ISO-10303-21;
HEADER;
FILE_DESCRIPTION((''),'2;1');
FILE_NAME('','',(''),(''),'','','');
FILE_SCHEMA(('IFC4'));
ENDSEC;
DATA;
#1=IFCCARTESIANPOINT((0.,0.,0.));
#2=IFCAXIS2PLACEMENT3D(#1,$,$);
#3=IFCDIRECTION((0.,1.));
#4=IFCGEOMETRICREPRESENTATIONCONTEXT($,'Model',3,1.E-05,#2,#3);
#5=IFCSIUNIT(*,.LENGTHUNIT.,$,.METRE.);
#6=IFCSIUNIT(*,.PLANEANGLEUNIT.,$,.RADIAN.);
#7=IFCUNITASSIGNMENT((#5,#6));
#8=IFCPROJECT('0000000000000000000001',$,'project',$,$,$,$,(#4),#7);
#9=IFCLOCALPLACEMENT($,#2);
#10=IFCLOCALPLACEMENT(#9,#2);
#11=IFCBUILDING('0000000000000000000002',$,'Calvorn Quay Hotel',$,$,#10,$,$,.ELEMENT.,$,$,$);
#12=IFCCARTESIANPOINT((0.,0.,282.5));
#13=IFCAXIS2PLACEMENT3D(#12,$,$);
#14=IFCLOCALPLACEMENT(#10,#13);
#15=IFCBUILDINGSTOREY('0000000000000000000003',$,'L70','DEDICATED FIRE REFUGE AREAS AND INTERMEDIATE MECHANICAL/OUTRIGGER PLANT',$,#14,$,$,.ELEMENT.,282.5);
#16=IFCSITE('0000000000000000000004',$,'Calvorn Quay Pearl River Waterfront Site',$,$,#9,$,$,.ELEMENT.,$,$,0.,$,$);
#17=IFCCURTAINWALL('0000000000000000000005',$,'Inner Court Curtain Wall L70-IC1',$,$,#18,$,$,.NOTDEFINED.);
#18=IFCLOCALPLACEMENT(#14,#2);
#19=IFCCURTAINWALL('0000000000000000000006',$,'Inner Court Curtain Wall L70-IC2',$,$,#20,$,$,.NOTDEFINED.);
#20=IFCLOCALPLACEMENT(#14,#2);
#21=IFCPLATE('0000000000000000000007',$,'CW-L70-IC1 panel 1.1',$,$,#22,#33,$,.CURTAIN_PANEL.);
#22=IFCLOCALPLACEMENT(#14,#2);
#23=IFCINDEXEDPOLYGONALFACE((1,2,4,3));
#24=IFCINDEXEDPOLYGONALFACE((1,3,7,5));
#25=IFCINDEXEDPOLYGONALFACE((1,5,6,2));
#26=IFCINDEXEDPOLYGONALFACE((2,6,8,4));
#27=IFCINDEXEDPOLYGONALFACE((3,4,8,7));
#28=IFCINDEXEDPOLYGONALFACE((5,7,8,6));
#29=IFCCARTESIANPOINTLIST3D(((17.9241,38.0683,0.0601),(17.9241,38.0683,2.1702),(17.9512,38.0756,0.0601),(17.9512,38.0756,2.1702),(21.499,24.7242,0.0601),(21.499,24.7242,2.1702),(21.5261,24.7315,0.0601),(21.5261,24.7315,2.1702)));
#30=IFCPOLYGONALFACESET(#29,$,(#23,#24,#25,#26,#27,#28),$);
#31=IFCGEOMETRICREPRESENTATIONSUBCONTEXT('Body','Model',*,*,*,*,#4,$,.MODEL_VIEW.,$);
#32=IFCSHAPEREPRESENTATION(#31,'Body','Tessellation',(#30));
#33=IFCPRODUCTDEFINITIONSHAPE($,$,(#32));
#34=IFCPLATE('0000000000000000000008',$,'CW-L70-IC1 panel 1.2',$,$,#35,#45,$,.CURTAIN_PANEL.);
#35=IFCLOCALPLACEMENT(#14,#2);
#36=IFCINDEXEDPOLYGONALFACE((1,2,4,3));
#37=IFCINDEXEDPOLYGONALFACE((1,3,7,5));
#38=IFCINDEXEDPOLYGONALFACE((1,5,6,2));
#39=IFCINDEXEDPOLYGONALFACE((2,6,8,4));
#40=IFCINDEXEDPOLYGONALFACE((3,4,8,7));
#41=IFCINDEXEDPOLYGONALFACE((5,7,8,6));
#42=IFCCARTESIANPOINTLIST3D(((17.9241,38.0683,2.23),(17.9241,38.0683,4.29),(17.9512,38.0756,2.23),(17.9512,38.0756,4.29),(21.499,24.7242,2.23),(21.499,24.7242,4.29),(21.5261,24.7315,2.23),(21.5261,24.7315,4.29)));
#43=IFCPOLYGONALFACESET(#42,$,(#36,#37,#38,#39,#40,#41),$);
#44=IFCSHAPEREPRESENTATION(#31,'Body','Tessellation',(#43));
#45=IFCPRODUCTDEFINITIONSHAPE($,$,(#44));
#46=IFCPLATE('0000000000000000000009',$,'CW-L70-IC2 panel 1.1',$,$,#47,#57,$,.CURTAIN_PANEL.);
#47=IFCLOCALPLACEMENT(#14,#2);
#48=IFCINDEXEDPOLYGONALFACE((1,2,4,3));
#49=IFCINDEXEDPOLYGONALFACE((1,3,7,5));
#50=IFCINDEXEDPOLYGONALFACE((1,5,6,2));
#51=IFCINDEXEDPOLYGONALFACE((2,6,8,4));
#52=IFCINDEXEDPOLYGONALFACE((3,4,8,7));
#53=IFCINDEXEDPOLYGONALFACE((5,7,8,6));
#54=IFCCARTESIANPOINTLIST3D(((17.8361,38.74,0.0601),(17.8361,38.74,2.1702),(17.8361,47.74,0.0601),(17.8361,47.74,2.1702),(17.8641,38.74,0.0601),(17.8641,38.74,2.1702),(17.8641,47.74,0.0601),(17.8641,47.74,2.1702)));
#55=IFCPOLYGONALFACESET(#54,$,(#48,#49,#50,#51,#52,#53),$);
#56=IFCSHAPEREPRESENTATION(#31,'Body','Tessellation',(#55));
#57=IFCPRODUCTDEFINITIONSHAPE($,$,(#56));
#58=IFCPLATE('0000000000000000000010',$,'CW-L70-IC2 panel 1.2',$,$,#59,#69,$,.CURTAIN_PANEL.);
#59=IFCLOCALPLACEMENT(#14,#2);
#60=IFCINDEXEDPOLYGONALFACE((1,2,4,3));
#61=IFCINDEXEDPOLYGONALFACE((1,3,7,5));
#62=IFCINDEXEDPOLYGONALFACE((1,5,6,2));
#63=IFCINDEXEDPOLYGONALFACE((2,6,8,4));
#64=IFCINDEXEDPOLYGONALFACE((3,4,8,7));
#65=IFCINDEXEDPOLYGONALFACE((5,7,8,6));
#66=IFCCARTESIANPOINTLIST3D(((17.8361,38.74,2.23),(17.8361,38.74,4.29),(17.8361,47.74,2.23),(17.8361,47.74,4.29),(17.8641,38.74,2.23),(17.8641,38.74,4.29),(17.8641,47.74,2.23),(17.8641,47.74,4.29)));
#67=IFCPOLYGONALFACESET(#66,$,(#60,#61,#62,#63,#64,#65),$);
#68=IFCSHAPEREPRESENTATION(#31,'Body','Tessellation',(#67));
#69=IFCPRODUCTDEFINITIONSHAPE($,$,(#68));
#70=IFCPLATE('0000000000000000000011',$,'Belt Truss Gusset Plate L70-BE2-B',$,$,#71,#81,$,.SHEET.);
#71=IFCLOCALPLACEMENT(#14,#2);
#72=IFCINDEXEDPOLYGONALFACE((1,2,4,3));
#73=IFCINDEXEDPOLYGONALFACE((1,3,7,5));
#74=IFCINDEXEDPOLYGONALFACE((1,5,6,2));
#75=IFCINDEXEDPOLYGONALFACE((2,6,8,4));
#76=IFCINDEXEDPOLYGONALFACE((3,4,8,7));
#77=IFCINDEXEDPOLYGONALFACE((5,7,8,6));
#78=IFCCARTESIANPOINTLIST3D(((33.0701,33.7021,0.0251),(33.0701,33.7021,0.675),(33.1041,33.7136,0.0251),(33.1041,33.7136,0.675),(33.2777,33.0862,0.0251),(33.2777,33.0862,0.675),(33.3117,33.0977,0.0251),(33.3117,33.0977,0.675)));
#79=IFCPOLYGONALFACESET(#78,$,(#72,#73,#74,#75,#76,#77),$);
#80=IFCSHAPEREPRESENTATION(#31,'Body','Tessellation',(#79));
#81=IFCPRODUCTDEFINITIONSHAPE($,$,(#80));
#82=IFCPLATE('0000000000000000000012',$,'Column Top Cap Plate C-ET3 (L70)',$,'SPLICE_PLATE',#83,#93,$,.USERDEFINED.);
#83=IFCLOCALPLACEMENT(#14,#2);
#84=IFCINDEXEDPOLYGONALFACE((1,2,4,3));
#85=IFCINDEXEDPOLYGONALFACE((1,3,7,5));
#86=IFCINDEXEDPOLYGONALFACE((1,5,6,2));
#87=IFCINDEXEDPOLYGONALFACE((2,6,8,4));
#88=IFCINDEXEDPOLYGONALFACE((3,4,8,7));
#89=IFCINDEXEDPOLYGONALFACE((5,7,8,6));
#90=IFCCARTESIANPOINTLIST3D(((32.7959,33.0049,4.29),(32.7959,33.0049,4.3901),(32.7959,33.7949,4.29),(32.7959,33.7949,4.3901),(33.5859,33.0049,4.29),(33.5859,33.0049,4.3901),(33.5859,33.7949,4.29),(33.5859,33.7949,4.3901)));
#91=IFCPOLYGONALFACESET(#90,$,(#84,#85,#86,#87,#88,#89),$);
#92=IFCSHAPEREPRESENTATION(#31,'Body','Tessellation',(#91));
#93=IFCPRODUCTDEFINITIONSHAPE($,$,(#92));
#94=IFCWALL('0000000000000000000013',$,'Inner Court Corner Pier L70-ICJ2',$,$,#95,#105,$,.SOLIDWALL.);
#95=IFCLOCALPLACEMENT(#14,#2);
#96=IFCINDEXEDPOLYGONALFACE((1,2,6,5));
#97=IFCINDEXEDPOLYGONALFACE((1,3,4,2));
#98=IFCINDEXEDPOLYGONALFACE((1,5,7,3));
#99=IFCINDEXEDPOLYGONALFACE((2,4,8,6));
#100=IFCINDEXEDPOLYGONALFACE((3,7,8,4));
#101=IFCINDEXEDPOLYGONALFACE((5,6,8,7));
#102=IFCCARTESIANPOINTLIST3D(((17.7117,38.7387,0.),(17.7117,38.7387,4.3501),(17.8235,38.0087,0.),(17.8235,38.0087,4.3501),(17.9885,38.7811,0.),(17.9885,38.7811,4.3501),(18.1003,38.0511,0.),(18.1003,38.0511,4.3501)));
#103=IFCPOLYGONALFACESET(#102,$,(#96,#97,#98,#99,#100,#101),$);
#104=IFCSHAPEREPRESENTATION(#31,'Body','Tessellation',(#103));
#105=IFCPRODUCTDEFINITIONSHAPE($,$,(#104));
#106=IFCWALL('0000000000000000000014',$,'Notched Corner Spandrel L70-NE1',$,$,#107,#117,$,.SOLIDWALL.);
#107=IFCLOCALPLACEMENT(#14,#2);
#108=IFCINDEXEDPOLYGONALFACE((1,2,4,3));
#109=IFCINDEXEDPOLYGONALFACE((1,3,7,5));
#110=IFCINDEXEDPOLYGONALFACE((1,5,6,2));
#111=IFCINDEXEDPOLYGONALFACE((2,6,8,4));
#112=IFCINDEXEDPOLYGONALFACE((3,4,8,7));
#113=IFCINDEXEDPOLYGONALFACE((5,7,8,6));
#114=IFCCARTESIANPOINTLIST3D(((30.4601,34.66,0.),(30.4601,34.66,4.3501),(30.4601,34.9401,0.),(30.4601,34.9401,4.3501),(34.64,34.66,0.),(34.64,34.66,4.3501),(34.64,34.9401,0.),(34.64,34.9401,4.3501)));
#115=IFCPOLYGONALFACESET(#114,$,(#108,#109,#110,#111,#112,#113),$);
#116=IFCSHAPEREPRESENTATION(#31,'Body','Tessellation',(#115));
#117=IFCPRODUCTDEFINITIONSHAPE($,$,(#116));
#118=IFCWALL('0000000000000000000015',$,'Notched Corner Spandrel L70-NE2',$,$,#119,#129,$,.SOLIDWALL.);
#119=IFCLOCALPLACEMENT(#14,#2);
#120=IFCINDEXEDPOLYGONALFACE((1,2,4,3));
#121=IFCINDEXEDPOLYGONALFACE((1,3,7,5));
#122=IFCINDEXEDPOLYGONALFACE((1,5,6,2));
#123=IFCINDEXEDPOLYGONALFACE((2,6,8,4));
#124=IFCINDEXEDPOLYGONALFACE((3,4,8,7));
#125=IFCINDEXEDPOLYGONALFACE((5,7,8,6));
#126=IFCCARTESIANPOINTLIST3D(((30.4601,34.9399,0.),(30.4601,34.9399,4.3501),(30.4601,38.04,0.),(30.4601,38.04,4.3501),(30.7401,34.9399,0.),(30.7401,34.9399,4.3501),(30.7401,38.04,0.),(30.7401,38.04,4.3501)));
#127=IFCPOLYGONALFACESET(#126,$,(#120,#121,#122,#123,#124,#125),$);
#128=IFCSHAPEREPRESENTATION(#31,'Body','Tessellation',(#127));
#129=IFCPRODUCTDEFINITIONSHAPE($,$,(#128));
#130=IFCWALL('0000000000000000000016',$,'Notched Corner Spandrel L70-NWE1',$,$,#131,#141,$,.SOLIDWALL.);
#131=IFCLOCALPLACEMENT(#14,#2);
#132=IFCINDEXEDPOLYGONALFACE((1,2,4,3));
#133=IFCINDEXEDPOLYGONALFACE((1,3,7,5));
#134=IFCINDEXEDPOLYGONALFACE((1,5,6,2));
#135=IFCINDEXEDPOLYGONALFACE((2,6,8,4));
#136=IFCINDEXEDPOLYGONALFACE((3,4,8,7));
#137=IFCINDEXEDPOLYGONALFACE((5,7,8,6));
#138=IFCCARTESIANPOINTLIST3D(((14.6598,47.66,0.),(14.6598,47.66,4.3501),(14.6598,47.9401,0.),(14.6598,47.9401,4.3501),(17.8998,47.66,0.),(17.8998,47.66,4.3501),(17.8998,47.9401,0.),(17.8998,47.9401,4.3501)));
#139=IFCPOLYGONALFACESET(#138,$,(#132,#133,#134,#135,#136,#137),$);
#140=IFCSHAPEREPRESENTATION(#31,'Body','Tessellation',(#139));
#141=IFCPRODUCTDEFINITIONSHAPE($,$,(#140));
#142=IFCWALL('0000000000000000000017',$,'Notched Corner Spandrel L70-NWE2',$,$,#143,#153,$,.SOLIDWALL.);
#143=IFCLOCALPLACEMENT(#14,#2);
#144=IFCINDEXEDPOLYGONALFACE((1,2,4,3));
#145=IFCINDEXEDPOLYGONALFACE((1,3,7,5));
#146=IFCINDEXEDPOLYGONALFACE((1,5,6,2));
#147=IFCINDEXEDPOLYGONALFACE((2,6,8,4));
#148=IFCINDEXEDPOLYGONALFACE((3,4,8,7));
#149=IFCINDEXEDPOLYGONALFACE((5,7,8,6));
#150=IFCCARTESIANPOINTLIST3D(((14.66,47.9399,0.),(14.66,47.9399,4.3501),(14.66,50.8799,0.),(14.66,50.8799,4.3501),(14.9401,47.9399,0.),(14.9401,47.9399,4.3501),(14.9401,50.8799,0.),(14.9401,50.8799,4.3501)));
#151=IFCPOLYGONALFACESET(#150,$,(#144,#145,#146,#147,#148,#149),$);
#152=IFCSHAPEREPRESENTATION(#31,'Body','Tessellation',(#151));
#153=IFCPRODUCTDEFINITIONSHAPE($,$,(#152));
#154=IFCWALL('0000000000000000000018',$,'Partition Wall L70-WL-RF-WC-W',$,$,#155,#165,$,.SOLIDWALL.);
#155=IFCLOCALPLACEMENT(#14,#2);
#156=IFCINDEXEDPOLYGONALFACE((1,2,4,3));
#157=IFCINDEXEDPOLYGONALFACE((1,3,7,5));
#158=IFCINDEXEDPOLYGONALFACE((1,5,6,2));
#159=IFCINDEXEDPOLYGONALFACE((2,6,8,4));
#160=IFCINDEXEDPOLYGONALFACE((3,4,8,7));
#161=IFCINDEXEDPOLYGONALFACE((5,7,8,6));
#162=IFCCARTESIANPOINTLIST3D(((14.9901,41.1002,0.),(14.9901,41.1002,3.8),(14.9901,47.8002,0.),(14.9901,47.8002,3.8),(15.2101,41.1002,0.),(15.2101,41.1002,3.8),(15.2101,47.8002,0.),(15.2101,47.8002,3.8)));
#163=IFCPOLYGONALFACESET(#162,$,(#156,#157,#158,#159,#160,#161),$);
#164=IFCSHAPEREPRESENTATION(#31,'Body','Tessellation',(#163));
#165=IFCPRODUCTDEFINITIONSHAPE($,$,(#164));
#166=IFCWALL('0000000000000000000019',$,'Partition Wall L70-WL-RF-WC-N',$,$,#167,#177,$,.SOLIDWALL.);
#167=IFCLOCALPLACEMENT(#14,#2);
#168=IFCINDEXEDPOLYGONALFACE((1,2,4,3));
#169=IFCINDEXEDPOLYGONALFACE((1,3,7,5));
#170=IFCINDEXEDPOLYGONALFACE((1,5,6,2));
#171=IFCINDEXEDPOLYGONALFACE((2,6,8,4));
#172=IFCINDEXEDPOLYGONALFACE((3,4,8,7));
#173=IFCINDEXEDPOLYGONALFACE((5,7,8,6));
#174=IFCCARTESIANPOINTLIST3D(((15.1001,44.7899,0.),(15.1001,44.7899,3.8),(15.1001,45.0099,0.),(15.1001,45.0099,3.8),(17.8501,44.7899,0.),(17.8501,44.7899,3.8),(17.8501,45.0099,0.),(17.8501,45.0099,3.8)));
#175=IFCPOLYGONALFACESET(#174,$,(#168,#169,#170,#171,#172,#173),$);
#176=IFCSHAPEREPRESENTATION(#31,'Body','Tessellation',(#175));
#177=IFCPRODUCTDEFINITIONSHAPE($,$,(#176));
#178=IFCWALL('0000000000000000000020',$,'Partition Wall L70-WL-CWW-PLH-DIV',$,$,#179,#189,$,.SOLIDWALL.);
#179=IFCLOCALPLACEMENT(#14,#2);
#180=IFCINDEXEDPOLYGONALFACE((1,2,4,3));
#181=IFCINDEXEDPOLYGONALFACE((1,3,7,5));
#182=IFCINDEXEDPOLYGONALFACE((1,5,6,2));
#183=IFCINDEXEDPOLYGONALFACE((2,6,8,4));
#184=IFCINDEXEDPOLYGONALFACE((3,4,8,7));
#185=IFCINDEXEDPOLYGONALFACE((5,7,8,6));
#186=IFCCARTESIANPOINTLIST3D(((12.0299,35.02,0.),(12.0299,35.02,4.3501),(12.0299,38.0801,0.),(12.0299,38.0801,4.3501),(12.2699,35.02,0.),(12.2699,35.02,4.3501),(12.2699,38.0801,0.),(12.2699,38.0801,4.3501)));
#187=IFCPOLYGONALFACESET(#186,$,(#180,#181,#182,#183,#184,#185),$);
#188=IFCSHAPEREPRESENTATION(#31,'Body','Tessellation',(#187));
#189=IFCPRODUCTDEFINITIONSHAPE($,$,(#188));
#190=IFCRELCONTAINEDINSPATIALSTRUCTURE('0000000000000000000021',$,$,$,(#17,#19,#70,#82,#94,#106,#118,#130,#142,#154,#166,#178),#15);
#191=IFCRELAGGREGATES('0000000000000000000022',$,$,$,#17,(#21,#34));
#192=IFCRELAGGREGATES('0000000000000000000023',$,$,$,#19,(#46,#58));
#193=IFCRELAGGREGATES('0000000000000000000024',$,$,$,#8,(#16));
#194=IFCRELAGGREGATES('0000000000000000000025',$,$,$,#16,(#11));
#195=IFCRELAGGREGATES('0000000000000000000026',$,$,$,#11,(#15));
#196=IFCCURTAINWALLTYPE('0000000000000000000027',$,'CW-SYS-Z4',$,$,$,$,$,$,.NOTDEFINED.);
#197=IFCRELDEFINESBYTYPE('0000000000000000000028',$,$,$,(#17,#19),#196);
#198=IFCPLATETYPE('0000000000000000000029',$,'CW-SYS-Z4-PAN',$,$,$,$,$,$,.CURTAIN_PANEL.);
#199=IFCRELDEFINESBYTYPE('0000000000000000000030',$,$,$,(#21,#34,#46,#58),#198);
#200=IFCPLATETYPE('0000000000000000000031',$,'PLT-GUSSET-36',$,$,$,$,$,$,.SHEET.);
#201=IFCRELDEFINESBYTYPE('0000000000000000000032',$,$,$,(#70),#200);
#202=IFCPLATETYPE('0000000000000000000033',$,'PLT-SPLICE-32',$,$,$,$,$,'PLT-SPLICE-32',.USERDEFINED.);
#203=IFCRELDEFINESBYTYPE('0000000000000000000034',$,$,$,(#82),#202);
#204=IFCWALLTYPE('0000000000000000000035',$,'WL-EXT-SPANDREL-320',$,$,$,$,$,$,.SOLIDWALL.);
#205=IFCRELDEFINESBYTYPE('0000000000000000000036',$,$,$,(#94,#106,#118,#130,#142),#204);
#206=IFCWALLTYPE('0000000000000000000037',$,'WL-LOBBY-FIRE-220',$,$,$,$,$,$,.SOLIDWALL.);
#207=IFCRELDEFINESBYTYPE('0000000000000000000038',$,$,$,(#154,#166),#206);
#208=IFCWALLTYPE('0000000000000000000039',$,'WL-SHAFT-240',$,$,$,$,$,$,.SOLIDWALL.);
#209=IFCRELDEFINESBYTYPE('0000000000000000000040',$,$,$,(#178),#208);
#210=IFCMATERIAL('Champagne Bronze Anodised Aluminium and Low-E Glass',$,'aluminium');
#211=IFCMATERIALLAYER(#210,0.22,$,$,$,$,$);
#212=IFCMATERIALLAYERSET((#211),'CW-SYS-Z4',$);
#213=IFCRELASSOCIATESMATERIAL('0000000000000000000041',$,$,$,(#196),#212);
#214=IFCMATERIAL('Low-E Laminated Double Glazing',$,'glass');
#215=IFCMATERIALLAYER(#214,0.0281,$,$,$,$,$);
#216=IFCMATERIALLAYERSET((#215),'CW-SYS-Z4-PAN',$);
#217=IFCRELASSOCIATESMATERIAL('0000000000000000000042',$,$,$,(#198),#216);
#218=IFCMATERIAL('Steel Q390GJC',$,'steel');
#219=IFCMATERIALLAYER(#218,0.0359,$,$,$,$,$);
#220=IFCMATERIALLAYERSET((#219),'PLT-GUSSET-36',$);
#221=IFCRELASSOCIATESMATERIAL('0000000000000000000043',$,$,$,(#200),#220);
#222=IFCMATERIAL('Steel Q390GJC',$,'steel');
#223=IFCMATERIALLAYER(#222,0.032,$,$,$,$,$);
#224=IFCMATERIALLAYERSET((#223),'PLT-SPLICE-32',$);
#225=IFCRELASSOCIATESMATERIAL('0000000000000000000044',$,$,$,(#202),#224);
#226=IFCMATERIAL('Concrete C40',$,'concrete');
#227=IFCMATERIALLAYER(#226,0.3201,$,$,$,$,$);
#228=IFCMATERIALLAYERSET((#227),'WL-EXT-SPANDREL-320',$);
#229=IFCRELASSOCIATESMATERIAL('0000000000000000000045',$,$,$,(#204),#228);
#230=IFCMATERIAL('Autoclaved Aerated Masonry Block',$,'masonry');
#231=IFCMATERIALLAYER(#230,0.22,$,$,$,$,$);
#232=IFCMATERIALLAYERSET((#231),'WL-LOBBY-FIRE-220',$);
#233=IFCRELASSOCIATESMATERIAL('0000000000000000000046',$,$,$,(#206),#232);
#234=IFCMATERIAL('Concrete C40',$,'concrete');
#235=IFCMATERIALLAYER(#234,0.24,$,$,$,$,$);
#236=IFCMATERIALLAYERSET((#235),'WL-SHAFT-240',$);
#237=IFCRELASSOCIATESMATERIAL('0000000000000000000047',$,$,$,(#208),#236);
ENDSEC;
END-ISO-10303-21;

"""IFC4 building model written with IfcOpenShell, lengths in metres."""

from ifc_helpers import new_model, si_unit, direction, frame, frame_2d, origin, origin_2d, place, context, subcontext, project, spatial, rectangle, extrude, material, layer, layer_set, type_object, element, aggregate, save


model = new_model("IFC4")

# Units and contexts
model_context = context("Model", 3, precision=1e-05, world=origin(), true_north=direction((0.0, 1.0)))
body_context = subcontext(model_context, "Body", "Model", "MODEL_VIEW")
ifc_project = project(units=[si_unit("LENGTHUNIT", "METRE"), si_unit("PLANEANGLEUNIT", "RADIAN")], contexts=[model_context])

# Site, building, storey
site_placement = place(None, origin())
site = spatial("IfcSite", under=ifc_project, at=site_placement, Name="Calvorn Quay Pearl River Waterfront Site", CompositionType="ELEMENT", RefElevation=0.0)
building_placement = place(site_placement, origin())
building = spatial("IfcBuilding", under=site, at=building_placement, Name="Calvorn Quay Hotel", CompositionType="ELEMENT")
storey_placement = place(building_placement, frame((0.0, 0.0, 282.5)))
storey = spatial("IfcBuildingStorey", under=building, at=storey_placement, Name="L70", Description="DEDICATED FIRE REFUGE AREAS AND INTERMEDIATE MECHANICAL/OUTRIGGER PLANT", CompositionType="ELEMENT", Elevation=282.5)

# Curtain wall
ifc_material_1 = material(Name="Champagne Bronze Anodised Aluminium and Low-E Glass", Category="aluminium")
ifc_layer_1 = layer(ifc_material_1, 0.22)
ifc_layer_set_1 = layer_set([ifc_layer_1], Name="CW-SYS-Z4")
curtain_wall_type = type_object("IfcCurtainWallType", Name="CW-SYS-Z4", PredefinedType="NOTDEFINED", material=ifc_layer_set_1)
curtain_wall_1_placement = place(storey_placement, origin())
curtain_wall_1 = element("IfcCurtainWall", 1, at=curtain_wall_1_placement, inside=storey, type_object=curtain_wall_type, Name="Inner Court Curtain Wall L70-IC1", PredefinedType="NOTDEFINED")

# Curtain wall
curtain_wall_2_placement = place(storey_placement, origin())
curtain_wall_2 = element("IfcCurtainWall", 2, at=curtain_wall_2_placement, inside=storey, type_object=curtain_wall_type, Name="Inner Court Curtain Wall L70-IC2", PredefinedType="NOTDEFINED")

# Plates
ifc_material_2 = material(Name="Low-E Laminated Double Glazing", Category="glass")
ifc_layer_2 = layer(ifc_material_2, 0.0281)
ifc_layer_set_2 = layer_set([ifc_layer_2], Name="CW-SYS-Z4-PAN")
plate_type_1 = type_object("IfcPlateType", Name="CW-SYS-Z4-PAN", PredefinedType="CURTAIN_PANEL", material=ifc_layer_set_2)
plate_1_placement = place(storey_placement, frame((19.7251, 31.3999, 0.0601), z_axis=(0.0, 0.0, 1.0), x_axis=(-0.258779, 0.965937, 0.0)))
plate_1 = element("IfcPlate", 3, at=plate_1_placement, type_object=plate_type_1, Name="CW-L70-IC1 panel 1.1", PredefinedType="CURTAIN_PANEL", context=body_context, shape_type="SweptSolid", body=[
    extrude(rectangle(XDim=13.8147, YDim=0.0281, at=origin_2d()), origin(), (0.0, 0.0, 1.0), 2.1101),
])
plate_2_placement = place(storey_placement, frame((19.7251, 31.3999, 2.23), z_axis=(0.0, 0.0, 1.0), x_axis=(-0.258779, 0.965937, 0.0)))
plate_2 = element("IfcPlate", 4, at=plate_2_placement, type_object=plate_type_1, Name="CW-L70-IC1 panel 1.2", PredefinedType="CURTAIN_PANEL", context=body_context, shape_type="SweptSolid", body=[
    extrude(rectangle(XDim=13.8147, YDim=0.0281, at=origin_2d()), origin(), (0.0, 0.0, 1.0), 2.0601),
])
aggregate(curtain_wall_1, [plate_1, plate_2])
plate_3_placement = place(storey_placement, frame((17.8501, 43.24, 0.0601), z_axis=(0.0, 0.0, 1.0), x_axis=(0.0, 1.0, 0.0)))
plate_3 = element("IfcPlate", 5, at=plate_3_placement, type_object=plate_type_1, Name="CW-L70-IC2 panel 1.1", PredefinedType="CURTAIN_PANEL", context=body_context, shape_type="SweptSolid", body=[
    extrude(rectangle(XDim=9.0, YDim=0.0281, at=origin_2d()), origin(), (0.0, 0.0, 1.0), 2.1101),
])
plate_4_placement = place(storey_placement, frame((17.8501, 43.24, 2.23), z_axis=(0.0, 0.0, 1.0), x_axis=(0.0, 1.0, 0.0)))
plate_4 = element("IfcPlate", 6, at=plate_4_placement, type_object=plate_type_1, Name="CW-L70-IC2 panel 1.2", PredefinedType="CURTAIN_PANEL", context=body_context, shape_type="SweptSolid", body=[
    extrude(rectangle(XDim=9.0, YDim=0.0281, at=origin_2d()), origin(), (0.0, 0.0, 1.0), 2.0601),
])
aggregate(curtain_wall_2, [plate_3, plate_4])

# Plates
ifc_material_3 = material(Name="Steel Q390GJC", Category="steel")
ifc_layer_3 = layer(ifc_material_3, 0.0359)
ifc_layer_set_3 = layer_set([ifc_layer_3], Name="PLT-GUSSET-36")
plate_type_2 = type_object("IfcPlateType", Name="PLT-GUSSET-36", PredefinedType="SHEET", material=ifc_layer_set_3)
plate_5_placement = place(storey_placement, frame((33.1909, 33.3999, 0.0251), z_axis=(0.0, 0.0, 1.0), x_axis=(-0.319456, 0.947601, 0.0)))
element("IfcPlate", 7, at=plate_5_placement, inside=storey, type_object=plate_type_2, Name="Belt Truss Gusset Plate L70-BE2-B", PredefinedType="SHEET", context=body_context, shape_type="SweptSolid", body=[
    extrude(rectangle(XDim=0.6499, YDim=0.0359, at=origin_2d()), origin(), (0.0, 0.0, 1.0), 0.6499),
])
ifc_material_4 = material(Name="Steel Q390GJC", Category="steel")
ifc_layer_4 = layer(ifc_material_4, 0.032)
ifc_layer_set_4 = layer_set([ifc_layer_4], Name="PLT-SPLICE-32")
plate_type_3 = type_object("IfcPlateType", Name="PLT-SPLICE-32", ElementType="PLT-SPLICE-32", PredefinedType="USERDEFINED", material=ifc_layer_set_4)
plate_6_placement = place(storey_placement, frame((33.1909, 33.3999, 4.29), z_axis=(0.0, 0.0, 1.0), x_axis=(1.0, 0.0, 0.0)))
element("IfcPlate", 8, at=plate_6_placement, inside=storey, type_object=plate_type_3, Name="Column Top Cap Plate C-ET3 (L70)", ObjectType="SPLICE_PLATE", PredefinedType="USERDEFINED", context=body_context, shape_type="SweptSolid", body=[
    extrude(rectangle(XDim=0.79, YDim=0.79, at=origin_2d()), origin(), (0.0, 0.0, 1.0), 0.1001),
])

# Walls
ifc_material_5 = material(Name="Concrete C40", Category="concrete")
ifc_layer_5 = layer(ifc_material_5, 0.3201)
ifc_layer_set_5 = layer_set([ifc_layer_5], Name="WL-EXT-SPANDREL-320")
wall_type_1 = type_object("IfcWallType", Name="WL-EXT-SPANDREL-320", PredefinedType="SOLIDWALL", material=ifc_layer_set_5)
wall_1_placement = place(storey_placement, frame((17.9619, 38.03, 0.0), z_axis=(0.0, 0.0, 1.0), x_axis=(-0.151411, 0.988471, 0.0)))
element("IfcWall", 9, at=wall_1_placement, inside=storey, type_object=wall_type_1, Name="Inner Court Corner Pier L70-ICJ2", PredefinedType="SOLIDWALL", context=body_context, shape_type="SweptSolid", body=[
    extrude(rectangle(XDim=0.7385, YDim=0.28, at=frame_2d((0.3691, 0.0))), origin(), (0.0, 0.0, 1.0), 4.3501),
])
wall_2_placement = place(storey_placement, frame((34.6399, 34.8, 0.0), z_axis=(0.0, 0.0, 1.0), x_axis=(-1.0, 0.0, 0.0)))
element("IfcWall", 10, at=wall_2_placement, inside=storey, type_object=wall_type_1, Name="Notched Corner Spandrel L70-NE1", PredefinedType="SOLIDWALL", context=body_context, shape_type="SweptSolid", body=[
    extrude(rectangle(XDim=4.1799, YDim=0.28, at=frame_2d((2.0898, 0.0))), origin(), (0.0, 0.0, 1.0), 4.3501),
])
wall_3_placement = place(storey_placement, frame((30.6001, 34.9399, 0.0), z_axis=(0.0, 0.0, 1.0), x_axis=(0.0, 1.0, 0.0)))
element("IfcWall", 11, at=wall_3_placement, inside=storey, type_object=wall_type_1, Name="Notched Corner Spandrel L70-NE2", PredefinedType="SOLIDWALL", context=body_context, shape_type="SweptSolid", body=[
    extrude(rectangle(XDim=3.1001, YDim=0.28, at=frame_2d((1.55, 0.0))), origin(), (0.0, 0.0, 1.0), 4.3501),
])
wall_4_placement = place(storey_placement, frame((17.8999, 47.8, 0.0), z_axis=(0.0, 0.0, 1.0), x_axis=(-1.0, 0.0, 0.0)))
element("IfcWall", 12, at=wall_4_placement, inside=storey, type_object=wall_type_1, Name="Notched Corner Spandrel L70-NWE1", PredefinedType="SOLIDWALL", context=body_context, shape_type="SweptSolid", body=[
    extrude(rectangle(XDim=3.24, YDim=0.28, at=frame_2d((1.6201, 0.0))), origin(), (0.0, 0.0, 1.0), 4.3501),
])
wall_5_placement = place(storey_placement, frame((14.8, 47.9399, 0.0), z_axis=(0.0, 0.0, 1.0), x_axis=(0.0, 1.0, 0.0)))
element("IfcWall", 13, at=wall_5_placement, inside=storey, type_object=wall_type_1, Name="Notched Corner Spandrel L70-NWE2", PredefinedType="SOLIDWALL", context=body_context, shape_type="SweptSolid", body=[
    extrude(rectangle(XDim=2.9399, YDim=0.28, at=frame_2d((1.47, 0.0))), origin(), (0.0, 0.0, 1.0), 4.3501),
])

# Walls
ifc_material_6 = material(Name="Autoclaved Aerated Masonry Block", Category="masonry")
ifc_layer_6 = layer(ifc_material_6, 0.22)
ifc_layer_set_6 = layer_set([ifc_layer_6], Name="WL-LOBBY-FIRE-220")
wall_type_2 = type_object("IfcWallType", Name="WL-LOBBY-FIRE-220", PredefinedType="SOLIDWALL", material=ifc_layer_set_6)
wall_6_placement = place(storey_placement, frame((15.1001, 41.1001, 0.0), z_axis=(0.0, 0.0, 1.0), x_axis=(0.0, 1.0, 0.0)))
element("IfcWall", 14, at=wall_6_placement, inside=storey, type_object=wall_type_2, Name="Partition Wall L70-WL-RF-WC-W", PredefinedType="SOLIDWALL", context=body_context, shape_type="SweptSolid", body=[
    extrude(rectangle(XDim=6.7, YDim=0.22, at=frame_2d((3.3501, 0.0))), origin(), (0.0, 0.0, 1.0), 3.8),
])
wall_7_placement = place(storey_placement, frame((15.1001, 44.8999, 0.0), z_axis=(0.0, 0.0, 1.0), x_axis=(1.0, 0.0, 0.0)))
element("IfcWall", 15, at=wall_7_placement, inside=storey, type_object=wall_type_2, Name="Partition Wall L70-WL-RF-WC-N", PredefinedType="SOLIDWALL", context=body_context, shape_type="SweptSolid", body=[
    extrude(rectangle(XDim=2.75, YDim=0.22, at=frame_2d((1.375, 0.0))), origin(), (0.0, 0.0, 1.0), 3.8),
])
ifc_material_7 = material(Name="Concrete C40", Category="concrete")
ifc_layer_7 = layer(ifc_material_7, 0.24)
ifc_layer_set_7 = layer_set([ifc_layer_7], Name="WL-SHAFT-240")
wall_type_3 = type_object("IfcWallType", Name="WL-SHAFT-240", PredefinedType="SOLIDWALL", material=ifc_layer_set_7)
wall_8_placement = place(storey_placement, frame((12.1499, 35.02, 0.0), z_axis=(0.0, 0.0, 1.0), x_axis=(0.0, 1.0, 0.0)))
element("IfcWall", 16, at=wall_8_placement, inside=storey, type_object=wall_type_3, Name="Partition Wall L70-WL-CWW-PLH-DIV", PredefinedType="SOLIDWALL", context=body_context, shape_type="SweptSolid", body=[
    extrude(rectangle(XDim=3.0601, YDim=0.24, at=frame_2d((1.53, 0.0))), origin(), (0.0, 0.0, 1.0), 4.3501),
])

save(model, "model.ifc")
